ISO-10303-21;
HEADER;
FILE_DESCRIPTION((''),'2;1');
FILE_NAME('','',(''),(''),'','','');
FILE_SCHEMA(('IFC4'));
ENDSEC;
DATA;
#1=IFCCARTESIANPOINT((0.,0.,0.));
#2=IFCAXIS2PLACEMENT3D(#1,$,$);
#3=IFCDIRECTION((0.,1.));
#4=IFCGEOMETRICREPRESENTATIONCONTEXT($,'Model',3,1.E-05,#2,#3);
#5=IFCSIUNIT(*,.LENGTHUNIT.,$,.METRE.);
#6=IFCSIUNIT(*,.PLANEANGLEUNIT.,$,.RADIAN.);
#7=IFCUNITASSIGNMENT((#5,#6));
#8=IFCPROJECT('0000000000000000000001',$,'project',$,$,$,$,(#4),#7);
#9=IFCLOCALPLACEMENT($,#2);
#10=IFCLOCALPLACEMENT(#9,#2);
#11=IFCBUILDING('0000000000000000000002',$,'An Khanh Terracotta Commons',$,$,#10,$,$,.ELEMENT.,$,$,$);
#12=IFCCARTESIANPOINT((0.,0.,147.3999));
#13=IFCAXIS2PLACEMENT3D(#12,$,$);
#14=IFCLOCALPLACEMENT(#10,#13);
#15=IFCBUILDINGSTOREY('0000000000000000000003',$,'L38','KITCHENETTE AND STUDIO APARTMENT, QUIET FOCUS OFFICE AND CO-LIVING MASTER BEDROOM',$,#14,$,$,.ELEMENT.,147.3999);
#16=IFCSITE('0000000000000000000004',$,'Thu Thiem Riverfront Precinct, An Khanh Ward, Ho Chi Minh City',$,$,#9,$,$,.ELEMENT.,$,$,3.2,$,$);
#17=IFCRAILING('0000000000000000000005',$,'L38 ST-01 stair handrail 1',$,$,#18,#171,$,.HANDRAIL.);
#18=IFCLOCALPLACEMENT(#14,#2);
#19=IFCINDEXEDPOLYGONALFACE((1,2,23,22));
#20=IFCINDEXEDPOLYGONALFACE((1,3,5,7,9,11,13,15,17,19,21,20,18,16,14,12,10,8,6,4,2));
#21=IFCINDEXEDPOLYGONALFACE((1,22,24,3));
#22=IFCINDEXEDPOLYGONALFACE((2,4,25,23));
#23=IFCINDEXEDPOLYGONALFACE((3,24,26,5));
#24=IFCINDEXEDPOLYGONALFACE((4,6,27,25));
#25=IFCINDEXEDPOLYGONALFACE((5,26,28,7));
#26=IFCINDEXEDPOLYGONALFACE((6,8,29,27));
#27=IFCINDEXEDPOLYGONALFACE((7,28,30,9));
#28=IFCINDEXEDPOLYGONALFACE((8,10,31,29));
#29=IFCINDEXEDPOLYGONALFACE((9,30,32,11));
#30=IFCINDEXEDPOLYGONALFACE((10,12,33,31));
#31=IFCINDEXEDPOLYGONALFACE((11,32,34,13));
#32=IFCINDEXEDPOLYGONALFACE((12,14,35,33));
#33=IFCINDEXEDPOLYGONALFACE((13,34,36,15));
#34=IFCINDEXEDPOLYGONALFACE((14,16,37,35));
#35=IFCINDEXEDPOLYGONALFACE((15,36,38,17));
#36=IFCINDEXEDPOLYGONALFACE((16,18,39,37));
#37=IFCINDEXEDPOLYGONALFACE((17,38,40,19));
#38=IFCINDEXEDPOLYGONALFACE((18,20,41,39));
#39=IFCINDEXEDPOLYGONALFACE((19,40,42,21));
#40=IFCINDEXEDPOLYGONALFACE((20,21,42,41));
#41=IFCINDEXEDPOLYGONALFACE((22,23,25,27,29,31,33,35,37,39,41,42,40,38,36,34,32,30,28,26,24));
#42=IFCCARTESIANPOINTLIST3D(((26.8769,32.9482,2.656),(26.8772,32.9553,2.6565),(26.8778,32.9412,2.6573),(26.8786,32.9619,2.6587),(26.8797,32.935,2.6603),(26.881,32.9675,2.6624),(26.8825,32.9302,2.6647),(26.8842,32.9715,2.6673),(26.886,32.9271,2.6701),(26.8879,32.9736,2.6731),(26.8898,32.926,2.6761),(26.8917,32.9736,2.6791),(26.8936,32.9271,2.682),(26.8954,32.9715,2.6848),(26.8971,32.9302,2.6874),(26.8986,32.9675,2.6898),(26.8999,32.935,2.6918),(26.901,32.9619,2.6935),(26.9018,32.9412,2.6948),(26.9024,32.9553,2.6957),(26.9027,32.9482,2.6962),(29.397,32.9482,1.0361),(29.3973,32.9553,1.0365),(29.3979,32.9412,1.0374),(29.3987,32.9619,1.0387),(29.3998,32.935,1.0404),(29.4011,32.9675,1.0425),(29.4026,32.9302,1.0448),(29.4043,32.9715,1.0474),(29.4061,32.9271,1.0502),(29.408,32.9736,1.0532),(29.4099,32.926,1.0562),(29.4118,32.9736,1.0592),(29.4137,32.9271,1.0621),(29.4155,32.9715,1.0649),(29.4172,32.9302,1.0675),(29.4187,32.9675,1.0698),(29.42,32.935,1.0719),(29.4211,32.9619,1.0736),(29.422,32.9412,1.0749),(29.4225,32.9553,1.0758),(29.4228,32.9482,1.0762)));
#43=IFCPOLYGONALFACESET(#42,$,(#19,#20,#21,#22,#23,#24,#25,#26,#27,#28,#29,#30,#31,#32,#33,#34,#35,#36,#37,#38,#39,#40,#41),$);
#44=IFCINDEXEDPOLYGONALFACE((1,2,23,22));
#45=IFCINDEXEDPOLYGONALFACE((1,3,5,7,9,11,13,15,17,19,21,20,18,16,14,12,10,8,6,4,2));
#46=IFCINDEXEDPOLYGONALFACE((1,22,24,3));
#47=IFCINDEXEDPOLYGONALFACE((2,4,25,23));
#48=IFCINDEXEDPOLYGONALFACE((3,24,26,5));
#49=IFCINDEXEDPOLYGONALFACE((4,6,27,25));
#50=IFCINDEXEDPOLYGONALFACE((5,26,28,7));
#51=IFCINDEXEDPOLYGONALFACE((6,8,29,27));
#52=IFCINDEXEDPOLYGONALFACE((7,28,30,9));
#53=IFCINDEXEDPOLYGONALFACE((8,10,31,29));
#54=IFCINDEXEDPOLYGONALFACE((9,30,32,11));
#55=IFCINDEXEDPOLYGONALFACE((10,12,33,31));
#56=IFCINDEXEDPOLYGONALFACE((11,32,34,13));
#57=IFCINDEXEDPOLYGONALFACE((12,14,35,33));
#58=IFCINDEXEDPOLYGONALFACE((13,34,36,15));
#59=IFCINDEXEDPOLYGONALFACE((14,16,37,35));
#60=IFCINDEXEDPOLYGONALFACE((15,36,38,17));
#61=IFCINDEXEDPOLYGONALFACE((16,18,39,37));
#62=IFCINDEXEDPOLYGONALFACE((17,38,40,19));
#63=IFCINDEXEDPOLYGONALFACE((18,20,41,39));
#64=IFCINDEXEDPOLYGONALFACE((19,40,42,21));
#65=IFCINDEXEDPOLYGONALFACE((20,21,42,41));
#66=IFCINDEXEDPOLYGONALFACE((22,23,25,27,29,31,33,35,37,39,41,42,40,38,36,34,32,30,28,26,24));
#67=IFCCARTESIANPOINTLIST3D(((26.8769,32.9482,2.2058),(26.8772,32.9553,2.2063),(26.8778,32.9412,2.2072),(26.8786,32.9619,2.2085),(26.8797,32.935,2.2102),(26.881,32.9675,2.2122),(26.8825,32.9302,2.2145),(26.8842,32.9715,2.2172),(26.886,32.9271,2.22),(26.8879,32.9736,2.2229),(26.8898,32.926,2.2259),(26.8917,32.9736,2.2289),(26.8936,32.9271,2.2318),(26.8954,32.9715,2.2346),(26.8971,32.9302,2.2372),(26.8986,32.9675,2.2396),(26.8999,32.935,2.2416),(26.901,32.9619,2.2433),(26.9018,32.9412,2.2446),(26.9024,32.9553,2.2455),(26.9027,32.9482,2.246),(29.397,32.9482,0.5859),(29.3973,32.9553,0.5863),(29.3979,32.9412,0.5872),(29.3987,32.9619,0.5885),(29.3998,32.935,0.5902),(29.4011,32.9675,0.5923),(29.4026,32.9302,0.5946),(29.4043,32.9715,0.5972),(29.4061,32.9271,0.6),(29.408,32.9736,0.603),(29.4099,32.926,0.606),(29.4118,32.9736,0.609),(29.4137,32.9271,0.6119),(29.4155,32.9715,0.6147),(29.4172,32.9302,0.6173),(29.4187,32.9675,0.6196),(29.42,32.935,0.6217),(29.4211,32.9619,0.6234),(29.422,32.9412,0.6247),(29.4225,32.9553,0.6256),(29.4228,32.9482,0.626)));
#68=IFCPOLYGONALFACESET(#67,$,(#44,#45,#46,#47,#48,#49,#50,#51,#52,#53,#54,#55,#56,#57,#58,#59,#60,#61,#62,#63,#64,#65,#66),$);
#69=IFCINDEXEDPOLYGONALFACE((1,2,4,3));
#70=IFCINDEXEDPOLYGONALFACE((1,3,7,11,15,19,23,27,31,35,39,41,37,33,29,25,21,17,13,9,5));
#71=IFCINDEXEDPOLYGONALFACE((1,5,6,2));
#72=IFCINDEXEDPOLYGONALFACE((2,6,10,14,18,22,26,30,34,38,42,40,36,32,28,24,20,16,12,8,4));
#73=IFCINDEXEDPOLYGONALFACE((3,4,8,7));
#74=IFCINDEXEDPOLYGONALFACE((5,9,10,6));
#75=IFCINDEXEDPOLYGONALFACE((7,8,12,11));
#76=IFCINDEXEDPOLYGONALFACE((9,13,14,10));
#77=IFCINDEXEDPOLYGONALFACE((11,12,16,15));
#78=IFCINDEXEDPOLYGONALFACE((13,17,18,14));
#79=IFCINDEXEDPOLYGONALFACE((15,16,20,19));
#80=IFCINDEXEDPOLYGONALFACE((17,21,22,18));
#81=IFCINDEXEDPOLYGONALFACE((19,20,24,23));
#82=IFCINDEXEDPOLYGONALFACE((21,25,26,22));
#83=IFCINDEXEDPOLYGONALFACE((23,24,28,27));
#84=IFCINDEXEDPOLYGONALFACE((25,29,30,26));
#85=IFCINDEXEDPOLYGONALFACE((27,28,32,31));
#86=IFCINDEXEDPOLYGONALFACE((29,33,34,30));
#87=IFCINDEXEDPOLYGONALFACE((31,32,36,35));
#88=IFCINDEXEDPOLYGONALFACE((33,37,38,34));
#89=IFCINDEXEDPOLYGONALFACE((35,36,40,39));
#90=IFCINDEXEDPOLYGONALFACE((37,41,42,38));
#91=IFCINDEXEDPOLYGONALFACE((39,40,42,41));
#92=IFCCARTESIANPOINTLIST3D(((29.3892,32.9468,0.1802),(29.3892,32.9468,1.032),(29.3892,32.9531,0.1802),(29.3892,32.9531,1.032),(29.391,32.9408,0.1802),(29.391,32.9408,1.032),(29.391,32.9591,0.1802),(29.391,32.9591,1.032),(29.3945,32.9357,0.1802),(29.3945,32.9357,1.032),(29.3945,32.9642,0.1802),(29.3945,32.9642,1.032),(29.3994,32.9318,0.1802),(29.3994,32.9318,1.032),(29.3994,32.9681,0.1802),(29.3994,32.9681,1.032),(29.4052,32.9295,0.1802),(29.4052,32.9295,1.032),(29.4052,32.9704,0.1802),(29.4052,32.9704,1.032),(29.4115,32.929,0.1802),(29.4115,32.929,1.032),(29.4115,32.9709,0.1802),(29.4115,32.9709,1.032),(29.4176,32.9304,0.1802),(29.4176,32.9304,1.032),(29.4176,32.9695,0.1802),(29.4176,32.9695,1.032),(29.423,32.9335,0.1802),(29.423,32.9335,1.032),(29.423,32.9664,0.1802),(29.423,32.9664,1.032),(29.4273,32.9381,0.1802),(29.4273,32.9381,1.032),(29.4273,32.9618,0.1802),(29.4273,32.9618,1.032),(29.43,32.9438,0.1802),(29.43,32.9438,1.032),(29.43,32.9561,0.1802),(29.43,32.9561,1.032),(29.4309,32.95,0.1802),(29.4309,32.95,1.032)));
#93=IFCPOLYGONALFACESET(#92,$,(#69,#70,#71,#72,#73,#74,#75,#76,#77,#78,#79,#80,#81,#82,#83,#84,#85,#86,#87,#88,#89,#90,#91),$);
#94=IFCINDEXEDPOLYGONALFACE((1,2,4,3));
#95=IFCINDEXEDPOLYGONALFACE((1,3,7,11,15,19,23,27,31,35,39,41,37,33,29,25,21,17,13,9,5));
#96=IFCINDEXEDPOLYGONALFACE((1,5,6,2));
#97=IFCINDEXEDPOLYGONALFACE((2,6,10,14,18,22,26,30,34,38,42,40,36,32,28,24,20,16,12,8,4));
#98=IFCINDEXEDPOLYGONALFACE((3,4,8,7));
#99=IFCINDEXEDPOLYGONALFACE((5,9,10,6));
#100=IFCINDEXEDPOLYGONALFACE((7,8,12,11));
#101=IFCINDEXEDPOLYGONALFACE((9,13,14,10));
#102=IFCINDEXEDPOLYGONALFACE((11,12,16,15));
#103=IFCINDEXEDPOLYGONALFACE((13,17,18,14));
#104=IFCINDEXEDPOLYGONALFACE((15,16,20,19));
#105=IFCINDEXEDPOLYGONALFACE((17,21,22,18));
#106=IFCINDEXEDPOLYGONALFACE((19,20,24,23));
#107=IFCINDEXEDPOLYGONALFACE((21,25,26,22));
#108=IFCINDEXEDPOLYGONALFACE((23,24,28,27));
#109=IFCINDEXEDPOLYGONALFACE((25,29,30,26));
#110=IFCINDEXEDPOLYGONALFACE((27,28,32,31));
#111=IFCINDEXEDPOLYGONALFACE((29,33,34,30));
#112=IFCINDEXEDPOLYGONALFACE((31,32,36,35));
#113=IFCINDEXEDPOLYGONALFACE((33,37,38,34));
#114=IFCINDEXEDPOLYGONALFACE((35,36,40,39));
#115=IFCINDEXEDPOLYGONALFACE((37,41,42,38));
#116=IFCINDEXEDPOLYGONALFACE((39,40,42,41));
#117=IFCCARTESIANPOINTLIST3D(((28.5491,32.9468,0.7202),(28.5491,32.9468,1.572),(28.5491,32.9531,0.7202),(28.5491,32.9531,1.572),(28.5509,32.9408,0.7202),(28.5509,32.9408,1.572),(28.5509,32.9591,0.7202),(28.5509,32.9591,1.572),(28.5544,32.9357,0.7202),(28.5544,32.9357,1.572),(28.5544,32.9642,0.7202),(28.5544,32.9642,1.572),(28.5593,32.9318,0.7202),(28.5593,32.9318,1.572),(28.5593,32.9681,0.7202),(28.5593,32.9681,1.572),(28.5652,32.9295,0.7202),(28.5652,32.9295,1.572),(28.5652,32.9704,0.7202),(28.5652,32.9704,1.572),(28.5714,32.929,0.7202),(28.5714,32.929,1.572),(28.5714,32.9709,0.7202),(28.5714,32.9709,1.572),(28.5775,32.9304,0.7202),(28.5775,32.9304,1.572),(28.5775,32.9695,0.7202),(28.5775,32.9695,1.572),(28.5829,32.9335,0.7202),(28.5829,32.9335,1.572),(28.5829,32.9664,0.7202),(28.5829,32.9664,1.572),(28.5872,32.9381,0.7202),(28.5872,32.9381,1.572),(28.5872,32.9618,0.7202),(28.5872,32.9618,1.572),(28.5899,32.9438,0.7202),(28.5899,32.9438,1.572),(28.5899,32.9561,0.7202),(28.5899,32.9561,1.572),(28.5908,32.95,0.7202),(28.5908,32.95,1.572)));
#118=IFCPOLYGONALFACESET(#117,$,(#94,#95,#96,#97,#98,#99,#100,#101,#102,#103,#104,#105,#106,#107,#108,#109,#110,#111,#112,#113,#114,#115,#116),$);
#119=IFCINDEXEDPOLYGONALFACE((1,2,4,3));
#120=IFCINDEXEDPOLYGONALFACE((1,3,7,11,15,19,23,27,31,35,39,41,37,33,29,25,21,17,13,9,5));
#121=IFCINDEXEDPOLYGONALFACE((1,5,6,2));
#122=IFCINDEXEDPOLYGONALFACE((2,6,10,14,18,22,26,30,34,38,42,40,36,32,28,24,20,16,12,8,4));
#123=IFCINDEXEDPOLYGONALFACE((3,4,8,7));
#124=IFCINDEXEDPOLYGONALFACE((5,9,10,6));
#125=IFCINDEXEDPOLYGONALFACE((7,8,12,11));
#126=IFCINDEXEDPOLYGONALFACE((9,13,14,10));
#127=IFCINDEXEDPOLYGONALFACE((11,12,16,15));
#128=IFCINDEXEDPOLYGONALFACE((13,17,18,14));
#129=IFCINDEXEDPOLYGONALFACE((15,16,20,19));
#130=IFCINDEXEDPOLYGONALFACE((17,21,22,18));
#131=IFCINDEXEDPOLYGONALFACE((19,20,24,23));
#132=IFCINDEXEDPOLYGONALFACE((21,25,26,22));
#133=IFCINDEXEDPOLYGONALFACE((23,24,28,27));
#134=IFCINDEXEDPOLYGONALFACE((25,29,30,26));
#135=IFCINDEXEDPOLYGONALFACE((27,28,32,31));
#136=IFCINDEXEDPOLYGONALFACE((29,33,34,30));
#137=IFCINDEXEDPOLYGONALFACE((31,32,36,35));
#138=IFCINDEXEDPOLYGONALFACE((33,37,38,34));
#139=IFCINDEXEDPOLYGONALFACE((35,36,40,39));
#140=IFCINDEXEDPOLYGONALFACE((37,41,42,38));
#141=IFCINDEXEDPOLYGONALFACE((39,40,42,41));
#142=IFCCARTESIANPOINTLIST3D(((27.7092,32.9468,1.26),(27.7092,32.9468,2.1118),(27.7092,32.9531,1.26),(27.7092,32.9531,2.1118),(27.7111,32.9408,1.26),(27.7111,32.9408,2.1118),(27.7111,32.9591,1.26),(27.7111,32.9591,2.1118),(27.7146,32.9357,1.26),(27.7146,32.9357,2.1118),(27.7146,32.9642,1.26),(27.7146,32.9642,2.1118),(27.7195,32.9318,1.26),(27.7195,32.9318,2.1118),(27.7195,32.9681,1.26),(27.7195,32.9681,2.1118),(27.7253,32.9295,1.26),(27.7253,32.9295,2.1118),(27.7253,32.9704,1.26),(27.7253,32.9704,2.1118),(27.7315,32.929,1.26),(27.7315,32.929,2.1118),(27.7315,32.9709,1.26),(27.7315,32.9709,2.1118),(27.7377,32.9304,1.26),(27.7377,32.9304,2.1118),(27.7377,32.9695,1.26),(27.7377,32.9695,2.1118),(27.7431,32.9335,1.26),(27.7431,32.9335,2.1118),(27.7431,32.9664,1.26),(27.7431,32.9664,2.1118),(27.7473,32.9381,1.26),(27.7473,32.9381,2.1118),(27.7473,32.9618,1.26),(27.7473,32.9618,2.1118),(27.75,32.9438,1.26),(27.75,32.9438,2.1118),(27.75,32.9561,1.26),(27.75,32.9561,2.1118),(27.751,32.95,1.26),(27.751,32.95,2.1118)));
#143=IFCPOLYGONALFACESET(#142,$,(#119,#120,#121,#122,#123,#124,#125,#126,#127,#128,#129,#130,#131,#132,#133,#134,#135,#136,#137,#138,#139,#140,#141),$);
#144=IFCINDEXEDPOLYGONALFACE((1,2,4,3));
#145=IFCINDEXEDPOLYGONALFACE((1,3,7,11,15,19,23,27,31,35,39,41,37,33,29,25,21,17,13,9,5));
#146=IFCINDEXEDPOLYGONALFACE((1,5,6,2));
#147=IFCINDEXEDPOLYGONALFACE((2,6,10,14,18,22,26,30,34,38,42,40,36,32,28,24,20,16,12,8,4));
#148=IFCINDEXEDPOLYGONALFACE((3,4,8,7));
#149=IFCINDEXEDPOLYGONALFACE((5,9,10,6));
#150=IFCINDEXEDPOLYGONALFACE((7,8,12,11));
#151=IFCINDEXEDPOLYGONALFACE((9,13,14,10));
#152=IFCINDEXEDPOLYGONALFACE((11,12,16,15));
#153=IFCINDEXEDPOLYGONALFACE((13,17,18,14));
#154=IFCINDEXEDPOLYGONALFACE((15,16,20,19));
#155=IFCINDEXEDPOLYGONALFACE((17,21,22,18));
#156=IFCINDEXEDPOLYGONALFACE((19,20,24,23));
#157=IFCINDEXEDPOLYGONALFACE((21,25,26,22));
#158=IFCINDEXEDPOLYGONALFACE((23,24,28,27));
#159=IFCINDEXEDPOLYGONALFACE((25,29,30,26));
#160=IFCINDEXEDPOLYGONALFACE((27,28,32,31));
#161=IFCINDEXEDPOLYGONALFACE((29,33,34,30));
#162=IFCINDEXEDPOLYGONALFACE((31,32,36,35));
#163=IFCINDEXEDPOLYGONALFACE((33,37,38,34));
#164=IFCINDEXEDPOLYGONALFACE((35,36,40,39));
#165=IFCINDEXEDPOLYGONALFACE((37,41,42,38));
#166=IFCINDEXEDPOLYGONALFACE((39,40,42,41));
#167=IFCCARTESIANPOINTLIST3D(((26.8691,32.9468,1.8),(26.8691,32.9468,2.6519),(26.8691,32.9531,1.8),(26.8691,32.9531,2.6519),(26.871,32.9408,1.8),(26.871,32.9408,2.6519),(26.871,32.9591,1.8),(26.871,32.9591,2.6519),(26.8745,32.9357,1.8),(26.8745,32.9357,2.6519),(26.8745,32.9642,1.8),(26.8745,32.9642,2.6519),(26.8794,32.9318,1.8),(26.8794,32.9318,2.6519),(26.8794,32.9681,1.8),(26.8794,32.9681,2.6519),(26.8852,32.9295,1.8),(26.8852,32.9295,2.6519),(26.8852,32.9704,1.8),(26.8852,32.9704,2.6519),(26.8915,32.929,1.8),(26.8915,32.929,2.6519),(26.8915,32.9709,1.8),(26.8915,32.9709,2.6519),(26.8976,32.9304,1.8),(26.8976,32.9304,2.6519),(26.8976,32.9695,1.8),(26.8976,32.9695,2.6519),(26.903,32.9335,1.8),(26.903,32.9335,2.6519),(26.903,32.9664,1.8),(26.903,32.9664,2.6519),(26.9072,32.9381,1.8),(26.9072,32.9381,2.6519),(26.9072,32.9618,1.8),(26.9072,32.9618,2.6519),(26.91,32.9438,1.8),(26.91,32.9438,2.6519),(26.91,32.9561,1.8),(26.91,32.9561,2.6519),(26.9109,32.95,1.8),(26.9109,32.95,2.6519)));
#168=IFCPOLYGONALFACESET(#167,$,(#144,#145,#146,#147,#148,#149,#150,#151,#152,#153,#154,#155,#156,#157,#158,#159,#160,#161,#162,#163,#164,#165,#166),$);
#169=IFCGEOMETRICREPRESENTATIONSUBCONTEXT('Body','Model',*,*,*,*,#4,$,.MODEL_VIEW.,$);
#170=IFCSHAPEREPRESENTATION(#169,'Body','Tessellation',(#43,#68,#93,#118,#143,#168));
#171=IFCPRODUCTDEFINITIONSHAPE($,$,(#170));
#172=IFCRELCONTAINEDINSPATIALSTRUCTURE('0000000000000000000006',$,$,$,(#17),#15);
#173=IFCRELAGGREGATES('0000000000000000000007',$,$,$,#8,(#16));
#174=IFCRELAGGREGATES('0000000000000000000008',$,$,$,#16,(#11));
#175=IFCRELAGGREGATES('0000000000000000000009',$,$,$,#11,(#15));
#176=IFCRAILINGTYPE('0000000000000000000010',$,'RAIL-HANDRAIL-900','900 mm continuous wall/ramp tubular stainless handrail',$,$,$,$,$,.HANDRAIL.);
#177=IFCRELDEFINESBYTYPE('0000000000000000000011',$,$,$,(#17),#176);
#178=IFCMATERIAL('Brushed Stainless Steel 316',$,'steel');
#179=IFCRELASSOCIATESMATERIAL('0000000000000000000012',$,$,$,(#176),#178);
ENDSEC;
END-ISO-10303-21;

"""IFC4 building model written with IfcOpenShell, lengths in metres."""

from ifc_helpers import new_model, si_unit, direction, frame, origin, origin_2d, place, context, subcontext, project, spatial, circle, extrude, material, type_object, element, save


model = new_model("IFC4")

# Units and contexts
model_context = context("Model", 3, precision=1e-05, world=origin(), true_north=direction((0.0, 1.0)))
body_context = subcontext(model_context, "Body", "Model", "MODEL_VIEW")
ifc_project = project(units=[si_unit("LENGTHUNIT", "METRE"), si_unit("PLANEANGLEUNIT", "RADIAN")], contexts=[model_context])

# Site, building, storey
site_placement = place(None, origin())
site = spatial("IfcSite", under=ifc_project, at=site_placement, Name="Thu Thiem Riverfront Precinct, An Khanh Ward, Ho Chi Minh City", CompositionType="ELEMENT", RefElevation=3.2)
building_placement = place(site_placement, origin())
building = spatial("IfcBuilding", under=site, at=building_placement, Name="An Khanh Terracotta Commons", CompositionType="ELEMENT")
storey_placement = place(building_placement, frame((0.0, 0.0, 147.3999)))
storey = spatial("IfcBuildingStorey", under=building, at=storey_placement, Name="L38", Description="KITCHENETTE AND STUDIO APARTMENT, QUIET FOCUS OFFICE AND CO-LIVING MASTER BEDROOM", CompositionType="ELEMENT", Elevation=147.3999)

# Railing
ifc_material_1 = material(Name="Brushed Stainless Steel 316", Category="steel")
railing_type_1 = type_object("IfcRailingType", Name="RAIL-HANDRAIL-900", Description="900 mm continuous wall/ramp tubular stainless handrail", PredefinedType="HANDRAIL", material=ifc_material_1)
railing_1_placement = place(storey_placement, frame((29.4099, 32.95, 0.1802)))
element("IfcRailing", 1, at=railing_1_placement, inside=storey, type_object=railing_type_1, Name="L38 ST-01 stair handrail 1", PredefinedType="HANDRAIL", context=body_context, shape_type="SweptSolid", body=[
    extrude(circle(Radius=0.0239, at=origin_2d()), frame((0.0, 0.0, 0.876), z_axis=(-0.8412, 0.0, 0.540725), x_axis=(0.0, -1.0, 0.0)), (0.0, 0.0, 1.0), 2.9958),
    extrude(circle(Radius=0.0239, at=origin_2d()), frame((0.0, 0.0, 0.4258), z_axis=(-0.8412, 0.0, 0.540725), x_axis=(0.0, -1.0, 0.0)), (0.0, 0.0, 1.0), 2.9958),
    extrude(circle(Radius=0.021, at=origin_2d()), origin(), (0.0, 0.0, 1.0), 0.8518),
    extrude(circle(Radius=0.021, at=origin_2d()), frame((-0.8401, 0.0, 0.54)), (0.0, 0.0, 1.0), 0.8518),
    extrude(circle(Radius=0.021, at=origin_2d()), frame((-1.6799, 0.0, 1.0798)), (0.0, 0.0, 1.0), 0.8518),
    extrude(circle(Radius=0.021, at=origin_2d()), frame((-2.52, 0.0, 1.6199)), (0.0, 0.0, 1.0), 0.8518),
])

save(model, "model.ifc")
